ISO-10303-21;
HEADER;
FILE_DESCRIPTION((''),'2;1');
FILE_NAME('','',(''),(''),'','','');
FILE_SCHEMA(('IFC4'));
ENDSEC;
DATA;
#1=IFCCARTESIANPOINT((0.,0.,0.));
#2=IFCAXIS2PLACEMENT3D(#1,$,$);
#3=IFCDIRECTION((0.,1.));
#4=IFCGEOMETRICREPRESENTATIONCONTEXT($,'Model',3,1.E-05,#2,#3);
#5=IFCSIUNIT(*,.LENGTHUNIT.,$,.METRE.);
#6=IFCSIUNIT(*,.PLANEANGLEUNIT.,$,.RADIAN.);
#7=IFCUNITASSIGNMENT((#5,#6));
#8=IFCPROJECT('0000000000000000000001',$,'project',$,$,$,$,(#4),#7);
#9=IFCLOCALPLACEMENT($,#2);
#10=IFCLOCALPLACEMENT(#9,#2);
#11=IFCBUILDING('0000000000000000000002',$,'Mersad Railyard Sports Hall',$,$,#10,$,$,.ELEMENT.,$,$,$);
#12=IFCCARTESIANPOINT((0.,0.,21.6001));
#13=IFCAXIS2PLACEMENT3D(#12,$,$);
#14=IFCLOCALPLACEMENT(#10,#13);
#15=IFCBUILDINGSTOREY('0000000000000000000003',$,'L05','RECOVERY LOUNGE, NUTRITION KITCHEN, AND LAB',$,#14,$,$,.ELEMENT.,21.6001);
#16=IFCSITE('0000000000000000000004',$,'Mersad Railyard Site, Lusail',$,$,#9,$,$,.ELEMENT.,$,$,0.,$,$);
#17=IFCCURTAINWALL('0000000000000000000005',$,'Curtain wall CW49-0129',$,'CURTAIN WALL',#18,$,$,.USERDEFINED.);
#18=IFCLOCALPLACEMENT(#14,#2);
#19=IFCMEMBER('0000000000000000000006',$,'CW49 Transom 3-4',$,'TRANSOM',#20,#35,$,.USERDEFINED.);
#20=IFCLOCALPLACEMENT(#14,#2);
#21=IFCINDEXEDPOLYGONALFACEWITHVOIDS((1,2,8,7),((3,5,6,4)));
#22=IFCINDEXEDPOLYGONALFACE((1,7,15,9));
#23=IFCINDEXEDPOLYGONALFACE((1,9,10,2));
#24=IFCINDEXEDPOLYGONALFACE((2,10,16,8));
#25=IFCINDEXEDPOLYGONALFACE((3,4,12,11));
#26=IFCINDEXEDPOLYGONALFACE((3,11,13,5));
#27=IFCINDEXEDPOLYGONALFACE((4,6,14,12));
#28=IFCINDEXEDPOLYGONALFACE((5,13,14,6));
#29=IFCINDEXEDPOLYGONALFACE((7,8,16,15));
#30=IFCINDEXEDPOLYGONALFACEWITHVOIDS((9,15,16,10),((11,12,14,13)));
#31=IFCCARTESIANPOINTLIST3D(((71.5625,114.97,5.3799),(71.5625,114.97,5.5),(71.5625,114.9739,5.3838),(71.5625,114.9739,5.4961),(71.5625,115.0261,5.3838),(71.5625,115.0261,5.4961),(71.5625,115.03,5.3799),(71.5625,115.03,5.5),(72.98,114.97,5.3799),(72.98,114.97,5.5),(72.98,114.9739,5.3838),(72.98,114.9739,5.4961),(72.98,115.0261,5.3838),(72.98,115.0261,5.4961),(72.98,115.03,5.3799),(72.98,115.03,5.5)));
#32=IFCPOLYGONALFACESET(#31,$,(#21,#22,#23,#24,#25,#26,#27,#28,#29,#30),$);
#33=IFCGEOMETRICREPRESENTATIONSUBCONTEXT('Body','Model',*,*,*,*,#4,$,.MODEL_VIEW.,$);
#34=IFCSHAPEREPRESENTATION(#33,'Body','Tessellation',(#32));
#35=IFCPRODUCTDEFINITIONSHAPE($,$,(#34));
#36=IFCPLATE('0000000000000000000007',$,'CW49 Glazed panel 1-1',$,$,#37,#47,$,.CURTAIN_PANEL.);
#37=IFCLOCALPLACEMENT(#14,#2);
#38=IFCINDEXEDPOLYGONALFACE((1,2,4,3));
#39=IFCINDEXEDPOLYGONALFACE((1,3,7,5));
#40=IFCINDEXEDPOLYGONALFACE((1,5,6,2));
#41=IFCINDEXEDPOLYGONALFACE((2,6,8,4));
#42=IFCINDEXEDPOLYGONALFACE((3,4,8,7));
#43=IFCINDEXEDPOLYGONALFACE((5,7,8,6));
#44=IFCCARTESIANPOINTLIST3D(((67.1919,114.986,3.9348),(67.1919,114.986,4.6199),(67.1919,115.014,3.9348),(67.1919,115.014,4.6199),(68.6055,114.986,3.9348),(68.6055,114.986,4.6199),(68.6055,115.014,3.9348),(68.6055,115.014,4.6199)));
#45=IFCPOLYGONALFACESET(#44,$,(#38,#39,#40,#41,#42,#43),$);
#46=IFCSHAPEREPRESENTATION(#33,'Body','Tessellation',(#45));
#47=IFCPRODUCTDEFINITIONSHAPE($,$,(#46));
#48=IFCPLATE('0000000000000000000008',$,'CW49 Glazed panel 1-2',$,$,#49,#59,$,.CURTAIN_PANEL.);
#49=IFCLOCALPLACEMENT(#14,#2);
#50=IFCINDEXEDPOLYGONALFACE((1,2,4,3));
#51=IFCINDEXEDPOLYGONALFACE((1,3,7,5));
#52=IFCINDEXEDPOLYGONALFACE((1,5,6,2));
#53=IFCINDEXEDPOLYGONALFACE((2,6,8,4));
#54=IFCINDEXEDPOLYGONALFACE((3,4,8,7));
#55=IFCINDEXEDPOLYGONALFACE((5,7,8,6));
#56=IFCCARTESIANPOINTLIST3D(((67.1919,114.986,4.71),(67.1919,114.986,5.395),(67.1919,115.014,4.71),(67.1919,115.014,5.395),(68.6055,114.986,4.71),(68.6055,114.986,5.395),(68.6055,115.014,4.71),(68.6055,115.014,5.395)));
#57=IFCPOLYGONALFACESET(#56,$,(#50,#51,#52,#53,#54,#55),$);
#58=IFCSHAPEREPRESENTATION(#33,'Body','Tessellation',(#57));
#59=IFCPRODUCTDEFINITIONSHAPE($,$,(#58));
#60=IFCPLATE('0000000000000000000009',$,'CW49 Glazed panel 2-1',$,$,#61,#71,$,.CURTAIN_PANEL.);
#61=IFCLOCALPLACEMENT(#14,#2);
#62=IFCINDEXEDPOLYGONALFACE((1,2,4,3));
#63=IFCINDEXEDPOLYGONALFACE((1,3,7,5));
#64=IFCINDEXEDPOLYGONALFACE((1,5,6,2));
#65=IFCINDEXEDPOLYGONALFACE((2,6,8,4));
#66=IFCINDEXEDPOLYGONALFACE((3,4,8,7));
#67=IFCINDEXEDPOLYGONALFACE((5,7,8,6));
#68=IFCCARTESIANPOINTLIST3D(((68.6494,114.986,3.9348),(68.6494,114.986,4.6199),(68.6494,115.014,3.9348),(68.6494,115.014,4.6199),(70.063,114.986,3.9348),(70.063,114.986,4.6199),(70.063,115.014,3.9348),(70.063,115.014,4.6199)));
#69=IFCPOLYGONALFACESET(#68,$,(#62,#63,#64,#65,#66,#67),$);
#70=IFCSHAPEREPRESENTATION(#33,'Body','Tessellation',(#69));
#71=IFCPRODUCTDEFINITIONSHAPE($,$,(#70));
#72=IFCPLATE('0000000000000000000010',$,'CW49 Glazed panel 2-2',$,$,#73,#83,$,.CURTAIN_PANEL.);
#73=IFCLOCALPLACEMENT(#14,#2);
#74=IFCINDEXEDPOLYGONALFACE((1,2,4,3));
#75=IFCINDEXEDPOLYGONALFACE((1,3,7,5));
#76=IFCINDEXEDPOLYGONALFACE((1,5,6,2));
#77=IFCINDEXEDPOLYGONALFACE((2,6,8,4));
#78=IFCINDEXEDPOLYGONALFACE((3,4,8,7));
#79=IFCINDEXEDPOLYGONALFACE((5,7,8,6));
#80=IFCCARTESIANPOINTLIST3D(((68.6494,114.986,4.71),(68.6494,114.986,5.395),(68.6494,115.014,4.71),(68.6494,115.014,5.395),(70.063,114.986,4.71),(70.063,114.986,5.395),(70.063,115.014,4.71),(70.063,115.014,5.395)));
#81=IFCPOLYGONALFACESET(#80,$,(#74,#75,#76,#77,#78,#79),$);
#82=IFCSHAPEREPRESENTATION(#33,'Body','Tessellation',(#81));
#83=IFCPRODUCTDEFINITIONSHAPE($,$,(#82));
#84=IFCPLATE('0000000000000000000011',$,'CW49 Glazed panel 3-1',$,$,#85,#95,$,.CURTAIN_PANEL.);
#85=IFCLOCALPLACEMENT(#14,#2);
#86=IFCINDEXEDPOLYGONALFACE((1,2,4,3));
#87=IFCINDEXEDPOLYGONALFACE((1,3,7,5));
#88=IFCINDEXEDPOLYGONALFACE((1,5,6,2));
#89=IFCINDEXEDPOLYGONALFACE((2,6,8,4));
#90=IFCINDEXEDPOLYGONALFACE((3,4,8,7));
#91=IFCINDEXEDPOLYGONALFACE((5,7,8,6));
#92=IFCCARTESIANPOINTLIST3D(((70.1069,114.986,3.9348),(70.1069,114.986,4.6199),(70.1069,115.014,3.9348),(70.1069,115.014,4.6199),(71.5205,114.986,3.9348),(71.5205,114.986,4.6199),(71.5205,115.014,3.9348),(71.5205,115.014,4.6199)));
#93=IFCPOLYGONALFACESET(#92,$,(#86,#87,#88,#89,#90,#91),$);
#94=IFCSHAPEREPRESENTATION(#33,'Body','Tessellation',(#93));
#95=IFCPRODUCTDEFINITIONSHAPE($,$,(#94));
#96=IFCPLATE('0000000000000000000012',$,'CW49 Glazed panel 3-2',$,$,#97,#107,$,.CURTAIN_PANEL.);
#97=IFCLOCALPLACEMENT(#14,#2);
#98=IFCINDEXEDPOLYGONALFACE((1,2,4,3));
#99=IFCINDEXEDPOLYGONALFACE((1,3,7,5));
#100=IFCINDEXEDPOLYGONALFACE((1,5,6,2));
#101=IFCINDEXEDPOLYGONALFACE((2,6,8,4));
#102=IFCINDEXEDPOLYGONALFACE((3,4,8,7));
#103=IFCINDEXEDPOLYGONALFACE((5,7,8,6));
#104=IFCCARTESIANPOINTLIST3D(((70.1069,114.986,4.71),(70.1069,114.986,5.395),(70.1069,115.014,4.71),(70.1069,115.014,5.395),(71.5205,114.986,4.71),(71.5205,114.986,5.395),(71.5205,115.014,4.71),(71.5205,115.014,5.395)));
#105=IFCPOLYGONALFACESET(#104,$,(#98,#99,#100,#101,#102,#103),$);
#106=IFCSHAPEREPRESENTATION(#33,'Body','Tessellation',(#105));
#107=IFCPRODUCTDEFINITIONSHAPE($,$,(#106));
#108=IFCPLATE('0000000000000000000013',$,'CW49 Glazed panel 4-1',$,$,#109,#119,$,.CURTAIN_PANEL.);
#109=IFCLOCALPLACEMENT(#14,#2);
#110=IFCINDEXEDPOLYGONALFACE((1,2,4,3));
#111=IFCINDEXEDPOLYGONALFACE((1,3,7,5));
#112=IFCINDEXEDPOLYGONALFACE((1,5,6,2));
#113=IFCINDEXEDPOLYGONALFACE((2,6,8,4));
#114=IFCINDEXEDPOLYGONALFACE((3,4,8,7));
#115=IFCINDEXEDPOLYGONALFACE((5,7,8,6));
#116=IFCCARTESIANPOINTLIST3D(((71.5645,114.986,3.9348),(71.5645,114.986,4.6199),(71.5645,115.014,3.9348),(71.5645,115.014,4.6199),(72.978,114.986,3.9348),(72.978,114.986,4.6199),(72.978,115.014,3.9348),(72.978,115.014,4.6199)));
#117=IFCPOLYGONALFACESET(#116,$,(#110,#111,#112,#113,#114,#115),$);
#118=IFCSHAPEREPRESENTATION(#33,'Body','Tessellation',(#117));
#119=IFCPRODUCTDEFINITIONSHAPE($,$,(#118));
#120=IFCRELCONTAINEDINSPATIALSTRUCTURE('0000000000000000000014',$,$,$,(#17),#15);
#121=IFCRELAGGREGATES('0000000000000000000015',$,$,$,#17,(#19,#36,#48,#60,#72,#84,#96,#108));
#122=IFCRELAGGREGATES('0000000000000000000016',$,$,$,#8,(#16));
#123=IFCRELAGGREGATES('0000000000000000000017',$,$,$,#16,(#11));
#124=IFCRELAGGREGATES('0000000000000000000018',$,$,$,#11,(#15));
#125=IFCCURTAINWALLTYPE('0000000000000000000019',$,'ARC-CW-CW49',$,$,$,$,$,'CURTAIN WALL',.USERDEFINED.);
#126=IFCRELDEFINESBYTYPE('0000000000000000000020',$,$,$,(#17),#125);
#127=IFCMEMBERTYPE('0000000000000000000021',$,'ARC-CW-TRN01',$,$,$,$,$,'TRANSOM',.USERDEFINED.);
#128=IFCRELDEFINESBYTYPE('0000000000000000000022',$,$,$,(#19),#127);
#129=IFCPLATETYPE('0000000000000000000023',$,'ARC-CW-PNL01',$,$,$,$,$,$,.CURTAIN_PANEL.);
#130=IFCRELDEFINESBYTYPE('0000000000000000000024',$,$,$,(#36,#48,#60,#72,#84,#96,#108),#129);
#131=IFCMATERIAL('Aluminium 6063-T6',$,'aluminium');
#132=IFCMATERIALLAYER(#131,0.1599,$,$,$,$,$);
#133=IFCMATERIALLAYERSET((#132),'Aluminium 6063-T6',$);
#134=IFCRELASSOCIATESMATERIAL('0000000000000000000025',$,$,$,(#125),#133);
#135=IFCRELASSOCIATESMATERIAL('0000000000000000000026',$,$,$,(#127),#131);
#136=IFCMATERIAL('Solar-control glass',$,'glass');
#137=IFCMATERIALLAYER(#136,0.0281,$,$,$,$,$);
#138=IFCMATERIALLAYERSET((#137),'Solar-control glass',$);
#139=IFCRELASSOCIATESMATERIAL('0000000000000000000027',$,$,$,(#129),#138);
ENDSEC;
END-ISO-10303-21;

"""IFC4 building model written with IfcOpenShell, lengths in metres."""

from ifc_helpers import new_model, si_unit, direction, frame, origin, origin_2d, place, context, subcontext, project, spatial, rectangle, hollow_rectangle, extrude, material, layer, layer_set, material_profile, profile_set, type_object, element, aggregate, save


model = new_model("IFC4")

# Units and contexts
model_context = context("Model", 3, precision=1e-05, world=origin(), true_north=direction((0.0, 1.0)))
body_context = subcontext(model_context, "Body", "Model", "MODEL_VIEW")
ifc_project = project(units=[si_unit("LENGTHUNIT", "METRE"), si_unit("PLANEANGLEUNIT", "RADIAN")], contexts=[model_context])

# Site, building, storey
site_placement = place(None, origin())
site = spatial("IfcSite", under=ifc_project, at=site_placement, Name="Mersad Railyard Site, Lusail", CompositionType="ELEMENT", RefElevation=0.0)
building_placement = place(site_placement, origin())
building = spatial("IfcBuilding", under=site, at=building_placement, Name="Mersad Railyard Sports Hall", CompositionType="ELEMENT")
storey_placement = place(building_placement, frame((0.0, 0.0, 21.6001)))
storey = spatial("IfcBuildingStorey", under=building, at=storey_placement, Name="L05", Description="RECOVERY LOUNGE, NUTRITION KITCHEN, AND LAB", CompositionType="ELEMENT", Elevation=21.6001)

# Curtain wall, member, plates
ifc_material_1 = material(Name="Aluminium 6063-T6", Category="aluminium")
ifc_layer_1 = layer(ifc_material_1, 0.1599)
ifc_layer_set_1 = layer_set([ifc_layer_1], Name="Aluminium 6063-T6")
curtain_wall_type = type_object("IfcCurtainWallType", Name="ARC-CW-CW49", ElementType="CURTAIN WALL", PredefinedType="USERDEFINED", material=ifc_layer_set_1)
curtain_wall_placement = place(storey_placement, origin())
curtain_wall = element("IfcCurtainWall", 1, at=curtain_wall_placement, inside=storey, type_object=curtain_wall_type, Name="Curtain wall CW49-0129", ObjectType="CURTAIN WALL", PredefinedType="USERDEFINED")
ifc_material_profile_1 = material_profile(ifc_material_1, hollow_rectangle(XDim=0.0601, YDim=0.1201, WallThickness=0.0039, at=origin_2d()), Name="AL TRANSOM 60x120x4")
ifc_profile_set_1 = profile_set([ifc_material_profile_1], Name="Aluminium 6063-T6")
member_type_1 = type_object("IfcMemberType", Name="ARC-CW-TRN01", ElementType="TRANSOM", PredefinedType="USERDEFINED", material=ifc_profile_set_1)
member_1_placement = place(storey_placement, frame((71.5625, 115.0, 5.4399), z_axis=(1.0, 0.0, 0.0), x_axis=(0.0, 1.0, 0.0)))
member_1 = element("IfcMember", 2, at=member_1_placement, type_object=member_type_1, Name="CW49 Transom 3-4", ObjectType="TRANSOM", PredefinedType="USERDEFINED", context=body_context, shape_type="SweptSolid", body=[
    extrude(hollow_rectangle(XDim=0.0601, YDim=0.1201, WallThickness=0.0039, at=origin_2d()), origin(), (0.0, 0.0, 1.0), 1.4175),
])
ifc_material_2 = material(Name="Solar-control glass", Category="glass")
ifc_layer_2 = layer(ifc_material_2, 0.0281)
ifc_layer_set_2 = layer_set([ifc_layer_2], Name="Solar-control glass")
plate_type = type_object("IfcPlateType", Name="ARC-CW-PNL01", PredefinedType="CURTAIN_PANEL", material=ifc_layer_set_2)
plate_1_placement = place(storey_placement, frame((67.8987, 115.0, 3.9348), z_axis=(0.0, 0.0, 1.0), x_axis=(1.0, 0.0, 0.0)))
plate_1 = element("IfcPlate", 3, at=plate_1_placement, type_object=plate_type, Name="CW49 Glazed panel 1-1", PredefinedType="CURTAIN_PANEL", context=body_context, shape_type="SweptSolid", body=[
    extrude(rectangle(XDim=1.4136, YDim=0.0281, at=origin_2d()), origin(), (0.0, 0.0, 1.0), 0.6851),
])
plate_2_placement = place(storey_placement, frame((67.8987, 115.0, 4.71), z_axis=(0.0, 0.0, 1.0), x_axis=(1.0, 0.0, 0.0)))
plate_2 = element("IfcPlate", 4, at=plate_2_placement, type_object=plate_type, Name="CW49 Glazed panel 1-2", PredefinedType="CURTAIN_PANEL", context=body_context, shape_type="SweptSolid", body=[
    extrude(rectangle(XDim=1.4136, YDim=0.0281, at=origin_2d()), origin(), (0.0, 0.0, 1.0), 0.6851),
])
plate_3_placement = place(storey_placement, frame((69.3562, 115.0, 3.9348), z_axis=(0.0, 0.0, 1.0), x_axis=(1.0, 0.0, 0.0)))
plate_3 = element("IfcPlate", 5, at=plate_3_placement, type_object=plate_type, Name="CW49 Glazed panel 2-1", PredefinedType="CURTAIN_PANEL", context=body_context, shape_type="SweptSolid", body=[
    extrude(rectangle(XDim=1.4136, YDim=0.0281, at=origin_2d()), origin(), (0.0, 0.0, 1.0), 0.6851),
])
plate_4_placement = place(storey_placement, frame((69.3562, 115.0, 4.71), z_axis=(0.0, 0.0, 1.0), x_axis=(1.0, 0.0, 0.0)))
plate_4 = element("IfcPlate", 6, at=plate_4_placement, type_object=plate_type, Name="CW49 Glazed panel 2-2", PredefinedType="CURTAIN_PANEL", context=body_context, shape_type="SweptSolid", body=[
    extrude(rectangle(XDim=1.4136, YDim=0.0281, at=origin_2d()), origin(), (0.0, 0.0, 1.0), 0.6851),
])
plate_5_placement = place(storey_placement, frame((70.8137, 115.0, 3.9348), z_axis=(0.0, 0.0, 1.0), x_axis=(1.0, 0.0, 0.0)))
plate_5 = element("IfcPlate", 7, at=plate_5_placement, type_object=plate_type, Name="CW49 Glazed panel 3-1", PredefinedType="CURTAIN_PANEL", context=body_context, shape_type="SweptSolid", body=[
    extrude(rectangle(XDim=1.4136, YDim=0.0281, at=origin_2d()), origin(), (0.0, 0.0, 1.0), 0.6851),
])
plate_6_placement = place(storey_placement, frame((70.8137, 115.0, 4.71), z_axis=(0.0, 0.0, 1.0), x_axis=(1.0, 0.0, 0.0)))
plate_6 = element("IfcPlate", 8, at=plate_6_placement, type_object=plate_type, Name="CW49 Glazed panel 3-2", PredefinedType="CURTAIN_PANEL", context=body_context, shape_type="SweptSolid", body=[
    extrude(rectangle(XDim=1.4136, YDim=0.0281, at=origin_2d()), origin(), (0.0, 0.0, 1.0), 0.6851),
])
plate_7_placement = place(storey_placement, frame((72.2712, 115.0, 3.9348), z_axis=(0.0, 0.0, 1.0), x_axis=(1.0, 0.0, 0.0)))
plate_7 = element("IfcPlate", 9, at=plate_7_placement, type_object=plate_type, Name="CW49 Glazed panel 4-1", PredefinedType="CURTAIN_PANEL", context=body_context, shape_type="SweptSolid", body=[
    extrude(rectangle(XDim=1.4136, YDim=0.0281, at=origin_2d()), origin(), (0.0, 0.0, 1.0), 0.6851),
])
aggregate(curtain_wall, [member_1, plate_1, plate_2, plate_3, plate_4, plate_5, plate_6, plate_7])

save(model, "model.ifc")
